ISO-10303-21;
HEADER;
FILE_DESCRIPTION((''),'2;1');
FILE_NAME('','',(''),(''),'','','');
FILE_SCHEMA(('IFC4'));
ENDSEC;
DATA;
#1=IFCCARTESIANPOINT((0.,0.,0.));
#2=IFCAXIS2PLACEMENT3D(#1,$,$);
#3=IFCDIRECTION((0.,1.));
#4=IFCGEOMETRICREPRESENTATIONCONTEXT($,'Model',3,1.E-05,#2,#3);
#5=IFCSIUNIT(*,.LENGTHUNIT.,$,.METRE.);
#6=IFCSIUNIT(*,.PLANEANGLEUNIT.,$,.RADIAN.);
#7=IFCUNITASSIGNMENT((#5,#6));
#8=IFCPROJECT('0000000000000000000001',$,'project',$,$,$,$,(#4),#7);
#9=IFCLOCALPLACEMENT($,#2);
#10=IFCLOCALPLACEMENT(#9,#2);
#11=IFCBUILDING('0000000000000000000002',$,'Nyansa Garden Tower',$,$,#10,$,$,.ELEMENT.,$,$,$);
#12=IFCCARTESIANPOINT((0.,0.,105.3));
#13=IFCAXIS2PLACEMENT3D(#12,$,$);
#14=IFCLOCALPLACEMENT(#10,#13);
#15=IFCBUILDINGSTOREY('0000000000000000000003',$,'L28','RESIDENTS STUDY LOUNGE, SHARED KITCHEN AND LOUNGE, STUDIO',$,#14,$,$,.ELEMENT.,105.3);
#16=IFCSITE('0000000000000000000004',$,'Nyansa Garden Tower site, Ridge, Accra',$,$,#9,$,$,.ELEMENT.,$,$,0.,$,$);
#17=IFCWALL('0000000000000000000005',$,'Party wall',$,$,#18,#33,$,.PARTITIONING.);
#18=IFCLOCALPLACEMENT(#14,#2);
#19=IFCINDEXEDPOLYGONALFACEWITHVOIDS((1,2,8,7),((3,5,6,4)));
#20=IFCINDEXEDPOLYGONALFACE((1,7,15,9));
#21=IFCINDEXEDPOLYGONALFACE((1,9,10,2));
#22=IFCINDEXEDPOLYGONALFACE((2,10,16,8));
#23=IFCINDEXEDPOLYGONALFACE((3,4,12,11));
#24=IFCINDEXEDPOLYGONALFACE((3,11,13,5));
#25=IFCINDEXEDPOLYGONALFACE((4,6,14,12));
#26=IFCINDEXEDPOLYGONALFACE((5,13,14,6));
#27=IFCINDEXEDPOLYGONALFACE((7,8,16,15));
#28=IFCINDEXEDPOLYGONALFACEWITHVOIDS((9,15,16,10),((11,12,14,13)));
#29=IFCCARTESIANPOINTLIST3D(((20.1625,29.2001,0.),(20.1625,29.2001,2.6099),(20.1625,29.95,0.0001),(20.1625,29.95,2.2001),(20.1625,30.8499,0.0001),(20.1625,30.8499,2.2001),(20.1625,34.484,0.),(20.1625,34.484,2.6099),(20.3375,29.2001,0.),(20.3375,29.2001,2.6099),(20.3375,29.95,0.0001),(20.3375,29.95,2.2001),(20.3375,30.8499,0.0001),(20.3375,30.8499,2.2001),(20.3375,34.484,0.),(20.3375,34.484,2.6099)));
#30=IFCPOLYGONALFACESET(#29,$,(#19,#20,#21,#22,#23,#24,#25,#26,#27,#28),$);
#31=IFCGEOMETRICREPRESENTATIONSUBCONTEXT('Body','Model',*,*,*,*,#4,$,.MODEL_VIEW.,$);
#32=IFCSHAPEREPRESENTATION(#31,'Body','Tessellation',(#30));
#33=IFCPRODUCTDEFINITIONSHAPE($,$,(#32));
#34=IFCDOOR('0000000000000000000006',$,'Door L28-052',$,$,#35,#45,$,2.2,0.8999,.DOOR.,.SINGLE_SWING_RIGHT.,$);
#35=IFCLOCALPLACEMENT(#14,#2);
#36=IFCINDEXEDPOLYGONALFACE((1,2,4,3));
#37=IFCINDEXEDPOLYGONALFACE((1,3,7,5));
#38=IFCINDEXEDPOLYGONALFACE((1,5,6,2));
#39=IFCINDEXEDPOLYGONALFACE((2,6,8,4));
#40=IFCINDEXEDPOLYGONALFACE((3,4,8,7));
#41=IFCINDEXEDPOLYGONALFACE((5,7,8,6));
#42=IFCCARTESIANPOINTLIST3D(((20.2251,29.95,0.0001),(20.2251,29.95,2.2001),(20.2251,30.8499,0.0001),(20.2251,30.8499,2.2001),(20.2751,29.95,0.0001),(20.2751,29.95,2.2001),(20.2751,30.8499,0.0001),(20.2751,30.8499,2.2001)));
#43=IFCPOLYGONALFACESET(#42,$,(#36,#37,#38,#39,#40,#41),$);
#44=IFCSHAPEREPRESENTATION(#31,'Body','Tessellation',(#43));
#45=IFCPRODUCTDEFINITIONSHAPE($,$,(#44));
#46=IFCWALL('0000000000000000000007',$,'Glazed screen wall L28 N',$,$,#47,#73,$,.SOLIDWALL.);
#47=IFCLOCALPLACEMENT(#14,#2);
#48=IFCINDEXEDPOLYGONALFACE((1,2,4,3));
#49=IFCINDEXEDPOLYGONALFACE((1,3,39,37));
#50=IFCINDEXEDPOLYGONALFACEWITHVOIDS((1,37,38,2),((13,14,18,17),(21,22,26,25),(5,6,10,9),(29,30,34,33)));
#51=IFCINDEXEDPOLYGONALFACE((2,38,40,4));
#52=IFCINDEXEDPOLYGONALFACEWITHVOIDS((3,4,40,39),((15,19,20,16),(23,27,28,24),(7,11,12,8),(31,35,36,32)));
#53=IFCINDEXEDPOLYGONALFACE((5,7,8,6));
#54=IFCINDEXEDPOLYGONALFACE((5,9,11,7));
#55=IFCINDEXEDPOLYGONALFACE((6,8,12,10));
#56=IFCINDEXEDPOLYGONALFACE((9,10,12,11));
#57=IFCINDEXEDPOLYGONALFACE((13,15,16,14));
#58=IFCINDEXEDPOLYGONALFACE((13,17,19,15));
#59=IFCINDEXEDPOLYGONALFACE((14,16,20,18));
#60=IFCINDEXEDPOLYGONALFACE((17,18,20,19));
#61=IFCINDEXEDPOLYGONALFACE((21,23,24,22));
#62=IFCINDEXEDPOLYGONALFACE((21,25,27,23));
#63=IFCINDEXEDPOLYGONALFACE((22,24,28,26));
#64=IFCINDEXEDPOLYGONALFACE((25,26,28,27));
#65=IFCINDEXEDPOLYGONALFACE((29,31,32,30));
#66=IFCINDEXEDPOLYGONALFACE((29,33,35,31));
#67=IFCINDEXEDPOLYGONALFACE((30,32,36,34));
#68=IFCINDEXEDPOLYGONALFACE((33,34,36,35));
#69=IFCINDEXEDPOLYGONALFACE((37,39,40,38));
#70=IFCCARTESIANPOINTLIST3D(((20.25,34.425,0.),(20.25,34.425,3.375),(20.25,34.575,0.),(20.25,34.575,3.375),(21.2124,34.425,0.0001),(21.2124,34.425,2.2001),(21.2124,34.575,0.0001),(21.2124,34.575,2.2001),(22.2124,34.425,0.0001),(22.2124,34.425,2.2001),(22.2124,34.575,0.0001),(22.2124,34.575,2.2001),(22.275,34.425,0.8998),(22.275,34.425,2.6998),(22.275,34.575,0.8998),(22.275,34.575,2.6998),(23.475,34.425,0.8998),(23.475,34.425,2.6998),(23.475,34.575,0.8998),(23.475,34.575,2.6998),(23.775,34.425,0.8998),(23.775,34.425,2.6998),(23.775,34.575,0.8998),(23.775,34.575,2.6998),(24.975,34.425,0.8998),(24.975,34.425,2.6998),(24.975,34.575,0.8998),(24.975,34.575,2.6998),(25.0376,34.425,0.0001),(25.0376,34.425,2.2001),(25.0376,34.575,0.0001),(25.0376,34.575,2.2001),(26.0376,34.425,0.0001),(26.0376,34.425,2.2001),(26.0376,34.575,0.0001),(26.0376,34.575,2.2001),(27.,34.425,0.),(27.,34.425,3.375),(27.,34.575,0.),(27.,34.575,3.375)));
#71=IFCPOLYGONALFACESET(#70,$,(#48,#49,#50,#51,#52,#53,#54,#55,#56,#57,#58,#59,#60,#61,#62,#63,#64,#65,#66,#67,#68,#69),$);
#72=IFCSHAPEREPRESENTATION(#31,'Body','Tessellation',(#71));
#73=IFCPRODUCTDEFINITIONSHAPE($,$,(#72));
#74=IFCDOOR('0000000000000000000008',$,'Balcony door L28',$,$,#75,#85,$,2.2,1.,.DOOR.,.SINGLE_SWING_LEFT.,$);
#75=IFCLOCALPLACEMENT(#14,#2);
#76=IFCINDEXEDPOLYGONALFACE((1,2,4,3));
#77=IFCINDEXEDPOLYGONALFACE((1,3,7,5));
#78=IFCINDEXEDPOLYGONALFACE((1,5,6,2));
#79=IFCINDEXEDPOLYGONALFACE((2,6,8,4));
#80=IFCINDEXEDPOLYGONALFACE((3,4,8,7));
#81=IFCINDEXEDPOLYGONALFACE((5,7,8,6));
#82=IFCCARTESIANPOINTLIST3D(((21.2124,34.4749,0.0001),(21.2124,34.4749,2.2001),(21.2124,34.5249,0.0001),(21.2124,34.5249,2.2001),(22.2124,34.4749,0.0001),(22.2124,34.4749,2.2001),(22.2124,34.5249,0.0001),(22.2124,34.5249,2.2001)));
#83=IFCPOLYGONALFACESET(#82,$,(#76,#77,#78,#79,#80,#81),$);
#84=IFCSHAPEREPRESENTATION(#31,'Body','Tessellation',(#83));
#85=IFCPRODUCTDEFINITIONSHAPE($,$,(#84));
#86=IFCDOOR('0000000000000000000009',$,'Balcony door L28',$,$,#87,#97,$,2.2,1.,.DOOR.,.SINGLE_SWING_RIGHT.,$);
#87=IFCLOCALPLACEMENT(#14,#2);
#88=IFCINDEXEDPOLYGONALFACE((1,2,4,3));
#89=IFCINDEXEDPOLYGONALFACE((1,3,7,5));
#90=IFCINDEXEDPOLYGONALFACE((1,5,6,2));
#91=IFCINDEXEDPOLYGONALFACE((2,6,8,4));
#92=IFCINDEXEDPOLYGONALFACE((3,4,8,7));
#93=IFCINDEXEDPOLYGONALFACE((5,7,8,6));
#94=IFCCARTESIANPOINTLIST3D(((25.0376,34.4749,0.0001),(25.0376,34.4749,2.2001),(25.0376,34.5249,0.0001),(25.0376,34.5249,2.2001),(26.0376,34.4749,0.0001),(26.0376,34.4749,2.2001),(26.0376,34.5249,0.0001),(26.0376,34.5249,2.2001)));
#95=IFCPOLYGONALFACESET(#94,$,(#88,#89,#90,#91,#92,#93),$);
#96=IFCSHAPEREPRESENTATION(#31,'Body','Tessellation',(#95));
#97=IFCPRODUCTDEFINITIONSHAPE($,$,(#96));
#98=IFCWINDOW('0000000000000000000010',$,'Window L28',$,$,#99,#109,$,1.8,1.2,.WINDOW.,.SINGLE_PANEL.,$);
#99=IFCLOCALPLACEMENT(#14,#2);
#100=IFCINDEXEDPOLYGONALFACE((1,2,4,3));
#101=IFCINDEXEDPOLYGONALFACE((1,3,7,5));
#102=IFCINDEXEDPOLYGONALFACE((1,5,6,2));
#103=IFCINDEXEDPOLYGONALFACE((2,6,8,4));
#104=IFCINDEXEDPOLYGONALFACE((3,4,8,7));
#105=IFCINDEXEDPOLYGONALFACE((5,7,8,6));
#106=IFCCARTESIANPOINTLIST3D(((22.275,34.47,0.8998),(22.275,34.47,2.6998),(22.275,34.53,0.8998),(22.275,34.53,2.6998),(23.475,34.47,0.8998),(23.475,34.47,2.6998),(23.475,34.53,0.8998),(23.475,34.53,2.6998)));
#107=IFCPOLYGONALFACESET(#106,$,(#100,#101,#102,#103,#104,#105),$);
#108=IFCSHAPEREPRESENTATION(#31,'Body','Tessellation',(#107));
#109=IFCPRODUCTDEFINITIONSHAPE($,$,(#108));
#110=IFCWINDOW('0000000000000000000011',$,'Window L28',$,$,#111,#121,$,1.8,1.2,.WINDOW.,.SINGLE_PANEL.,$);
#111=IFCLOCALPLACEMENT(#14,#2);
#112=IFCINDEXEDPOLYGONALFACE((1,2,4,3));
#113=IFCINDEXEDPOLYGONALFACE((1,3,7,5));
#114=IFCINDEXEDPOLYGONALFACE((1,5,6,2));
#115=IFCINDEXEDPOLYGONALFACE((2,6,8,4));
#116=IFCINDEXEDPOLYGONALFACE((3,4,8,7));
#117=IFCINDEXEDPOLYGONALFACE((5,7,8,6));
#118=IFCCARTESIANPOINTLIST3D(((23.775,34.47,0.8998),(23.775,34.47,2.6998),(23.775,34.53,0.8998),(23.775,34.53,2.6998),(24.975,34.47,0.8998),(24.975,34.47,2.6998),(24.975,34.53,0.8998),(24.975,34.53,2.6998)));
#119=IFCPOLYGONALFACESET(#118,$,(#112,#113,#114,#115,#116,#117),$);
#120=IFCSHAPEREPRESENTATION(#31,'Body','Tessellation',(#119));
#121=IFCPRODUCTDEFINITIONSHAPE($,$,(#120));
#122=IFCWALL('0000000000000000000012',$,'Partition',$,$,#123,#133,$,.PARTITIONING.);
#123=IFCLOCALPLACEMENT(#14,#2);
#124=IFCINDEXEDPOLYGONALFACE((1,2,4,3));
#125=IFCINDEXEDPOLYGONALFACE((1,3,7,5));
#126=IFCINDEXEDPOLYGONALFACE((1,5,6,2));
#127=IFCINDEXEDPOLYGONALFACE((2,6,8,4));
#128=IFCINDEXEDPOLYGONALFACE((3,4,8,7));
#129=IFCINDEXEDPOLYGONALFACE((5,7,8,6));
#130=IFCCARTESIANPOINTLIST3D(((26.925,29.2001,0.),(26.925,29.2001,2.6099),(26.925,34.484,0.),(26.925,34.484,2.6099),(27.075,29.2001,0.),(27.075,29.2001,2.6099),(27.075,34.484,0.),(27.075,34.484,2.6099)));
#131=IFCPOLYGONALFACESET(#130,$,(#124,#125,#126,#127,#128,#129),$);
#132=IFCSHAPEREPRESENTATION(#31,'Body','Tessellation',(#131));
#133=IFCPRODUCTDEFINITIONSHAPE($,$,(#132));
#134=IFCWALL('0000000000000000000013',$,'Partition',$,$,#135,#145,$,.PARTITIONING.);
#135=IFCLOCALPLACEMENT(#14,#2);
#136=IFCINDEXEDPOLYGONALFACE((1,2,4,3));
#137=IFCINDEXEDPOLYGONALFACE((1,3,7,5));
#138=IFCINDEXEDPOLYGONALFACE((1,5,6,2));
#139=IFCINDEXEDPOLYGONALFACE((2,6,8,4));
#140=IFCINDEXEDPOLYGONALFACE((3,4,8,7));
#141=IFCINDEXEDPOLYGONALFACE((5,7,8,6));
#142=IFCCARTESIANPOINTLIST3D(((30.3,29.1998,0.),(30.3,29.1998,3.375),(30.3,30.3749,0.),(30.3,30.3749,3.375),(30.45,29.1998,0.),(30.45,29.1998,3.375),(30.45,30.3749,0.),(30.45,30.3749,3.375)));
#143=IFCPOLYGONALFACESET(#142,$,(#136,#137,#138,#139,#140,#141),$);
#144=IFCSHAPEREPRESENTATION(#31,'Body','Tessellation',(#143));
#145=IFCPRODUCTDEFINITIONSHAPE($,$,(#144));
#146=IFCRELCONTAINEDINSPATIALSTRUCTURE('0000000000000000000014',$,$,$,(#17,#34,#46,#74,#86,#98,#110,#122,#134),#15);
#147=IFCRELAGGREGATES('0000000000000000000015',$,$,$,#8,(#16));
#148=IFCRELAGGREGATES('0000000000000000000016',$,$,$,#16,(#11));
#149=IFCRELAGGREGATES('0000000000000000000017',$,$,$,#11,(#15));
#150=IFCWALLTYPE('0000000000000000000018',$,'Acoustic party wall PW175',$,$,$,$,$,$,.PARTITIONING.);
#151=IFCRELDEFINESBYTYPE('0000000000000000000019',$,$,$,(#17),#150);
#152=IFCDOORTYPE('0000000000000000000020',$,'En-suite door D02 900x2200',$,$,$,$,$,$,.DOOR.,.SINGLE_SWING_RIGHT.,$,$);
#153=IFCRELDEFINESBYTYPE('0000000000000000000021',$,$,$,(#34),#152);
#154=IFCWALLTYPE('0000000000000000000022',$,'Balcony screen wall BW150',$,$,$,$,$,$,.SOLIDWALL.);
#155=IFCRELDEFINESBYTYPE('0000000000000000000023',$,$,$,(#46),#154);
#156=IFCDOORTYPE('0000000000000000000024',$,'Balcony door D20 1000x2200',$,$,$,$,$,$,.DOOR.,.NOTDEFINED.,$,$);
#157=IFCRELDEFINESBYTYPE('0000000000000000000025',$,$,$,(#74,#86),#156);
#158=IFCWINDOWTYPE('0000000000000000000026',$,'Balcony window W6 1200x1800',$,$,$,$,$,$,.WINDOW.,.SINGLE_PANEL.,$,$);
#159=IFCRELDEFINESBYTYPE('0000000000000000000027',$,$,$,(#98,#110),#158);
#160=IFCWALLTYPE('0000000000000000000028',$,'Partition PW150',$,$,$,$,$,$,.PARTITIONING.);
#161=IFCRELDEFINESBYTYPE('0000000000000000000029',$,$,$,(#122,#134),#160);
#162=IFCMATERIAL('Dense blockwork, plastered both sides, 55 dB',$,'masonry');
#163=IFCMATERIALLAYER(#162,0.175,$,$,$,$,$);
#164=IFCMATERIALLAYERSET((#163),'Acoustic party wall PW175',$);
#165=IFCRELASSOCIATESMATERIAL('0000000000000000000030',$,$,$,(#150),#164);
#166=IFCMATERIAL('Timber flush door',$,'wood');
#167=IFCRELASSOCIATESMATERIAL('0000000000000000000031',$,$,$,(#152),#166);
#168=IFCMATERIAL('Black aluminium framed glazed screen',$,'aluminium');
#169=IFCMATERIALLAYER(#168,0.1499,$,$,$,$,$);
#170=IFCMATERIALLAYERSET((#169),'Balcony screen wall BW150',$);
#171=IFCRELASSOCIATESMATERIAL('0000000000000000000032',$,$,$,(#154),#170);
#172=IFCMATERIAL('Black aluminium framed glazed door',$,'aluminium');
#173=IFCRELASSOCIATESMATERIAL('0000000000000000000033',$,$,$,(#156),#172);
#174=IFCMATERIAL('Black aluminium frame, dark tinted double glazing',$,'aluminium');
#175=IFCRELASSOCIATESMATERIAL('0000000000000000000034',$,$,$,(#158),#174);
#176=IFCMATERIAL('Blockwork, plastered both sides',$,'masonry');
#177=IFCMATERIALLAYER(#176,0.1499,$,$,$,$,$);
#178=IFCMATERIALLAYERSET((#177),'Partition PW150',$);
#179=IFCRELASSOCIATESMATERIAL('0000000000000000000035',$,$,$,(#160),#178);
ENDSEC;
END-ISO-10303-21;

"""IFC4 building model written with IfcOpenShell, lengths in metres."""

from ifc_helpers import new_model, si_unit, direction, frame, frame_2d, origin, place, context, subcontext, project, spatial, rectangle, extrude, material, layer, layer_set, type_object, element, fill, save


model = new_model("IFC4")

# Units and contexts
model_context = context("Model", 3, precision=1e-05, world=origin(), true_north=direction((0.0, 1.0)))
body_context = subcontext(model_context, "Body", "Model", "MODEL_VIEW")
ifc_project = project(units=[si_unit("LENGTHUNIT", "METRE"), si_unit("PLANEANGLEUNIT", "RADIAN")], contexts=[model_context])

# Site, building, storey
site_placement = place(None, origin())
site = spatial("IfcSite", under=ifc_project, at=site_placement, Name="Nyansa Garden Tower site, Ridge, Accra", CompositionType="ELEMENT", RefElevation=0.0)
building_placement = place(site_placement, origin())
building = spatial("IfcBuilding", under=site, at=building_placement, Name="Nyansa Garden Tower", CompositionType="ELEMENT")
storey_placement = place(building_placement, frame((0.0, 0.0, 105.3)))
storey = spatial("IfcBuildingStorey", under=building, at=storey_placement, Name="L28", Description="RESIDENTS STUDY LOUNGE, SHARED KITCHEN AND LOUNGE, STUDIO", CompositionType="ELEMENT", Elevation=105.3)

# Wall, opening, door
ifc_material_1 = material(Name="Dense blockwork, plastered both sides, 55 dB", Category="masonry")
ifc_layer_1 = layer(ifc_material_1, 0.175)
ifc_layer_set_1 = layer_set([ifc_layer_1], Name="Acoustic party wall PW175")
wall_type_1 = type_object("IfcWallType", Name="Acoustic party wall PW175", PredefinedType="PARTITIONING", material=ifc_layer_set_1)
wall_1_placement = place(storey_placement, frame((20.25, 29.2, 0.0), z_axis=(0.0, 0.0, 1.0), x_axis=(0.0, 1.0, 0.0)))
wall_1 = element("IfcWall", 1, at=wall_1_placement, inside=storey, type_object=wall_type_1, Name="Party wall", PredefinedType="PARTITIONING", context=body_context, shape_type="SweptSolid", body=[
    extrude(rectangle(XDim=5.2839, YDim=0.175, at=frame_2d((2.6421, 0.0))), origin(), (0.0, 0.0, 1.0), 2.6099),
])
opening_1_placement = place(wall_1_placement, frame((0.75, 0.0, 0.0)))
opening_1 = element("IfcOpeningElement", 2, at=opening_1_placement, cuts=wall_1, PredefinedType="OPENING", context=body_context, shape_type="SweptSolid", body=[
    extrude(rectangle(XDim=0.8999, YDim=2.2, at=frame_2d((0.45, 1.1001))), frame((0.0, 0.0974, 0.0), z_axis=(0.0, -1.0, 0.0), x_axis=(1.0, 0.0, 0.0)), (0.0, 0.0, 1.0), 0.1951),
])
ifc_material_2 = material(Name="Timber flush door", Category="wood")
door_type_1 = type_object("IfcDoorType", Name="En-suite door D02 900x2200", OperationType="SINGLE_SWING_RIGHT", PredefinedType="DOOR", material=ifc_material_2)
door_1_placement = place(opening_1_placement, origin())
door_1 = element("IfcDoor", 3, at=door_1_placement, inside=storey, type_object=door_type_1, Name="Door L28-052", OperationType="SINGLE_SWING_RIGHT", OverallHeight=2.2, OverallWidth=0.8999, PredefinedType="DOOR", context=body_context, shape_type="SweptSolid", body=[
    extrude(rectangle(XDim=0.8999, YDim=2.2, at=frame_2d((0.45, 1.1001))), frame((0.0, 0.0249, 0.0), z_axis=(0.0, -1.0, 0.0), x_axis=(1.0, 0.0, 0.0)), (0.0, 0.0, 1.0), 0.05),
])
fill(opening_1, door_1)

# Wall, openings, doors, windows
ifc_material_3 = material(Name="Black aluminium framed glazed screen", Category="aluminium")
ifc_layer_2 = layer(ifc_material_3, 0.1499)
ifc_layer_set_2 = layer_set([ifc_layer_2], Name="Balcony screen wall BW150")
wall_type_2 = type_object("IfcWallType", Name="Balcony screen wall BW150", PredefinedType="SOLIDWALL", material=ifc_layer_set_2)
wall_2_placement = place(storey_placement, frame((20.25, 34.5, 0.0), z_axis=(0.0, 0.0, 1.0), x_axis=(1.0, 0.0, 0.0)))
wall_2 = element("IfcWall", 4, at=wall_2_placement, inside=storey, type_object=wall_type_2, Name="Glazed screen wall L28 N", PredefinedType="SOLIDWALL", context=body_context, shape_type="SweptSolid", body=[
    extrude(rectangle(XDim=6.75, YDim=0.1499, at=frame_2d((3.375, 0.0))), origin(), (0.0, 0.0, 1.0), 3.375),
])
opening_2_placement = place(wall_2_placement, frame((0.9624, 0.0, 0.0)))
opening_2 = element("IfcOpeningElement", 5, at=opening_2_placement, cuts=wall_2, PredefinedType="OPENING", context=body_context, shape_type="SweptSolid", body=[
    extrude(rectangle(XDim=1.0, YDim=2.2, at=frame_2d((0.5, 1.1001))), frame((0.0, 0.085, 0.0), z_axis=(0.0, -1.0, 0.0), x_axis=(1.0, 0.0, 0.0)), (0.0, 0.0, 1.0), 0.1699),
])
opening_3_placement = place(wall_2_placement, frame((2.0249, 0.0, 0.8999)))
opening_3 = element("IfcOpeningElement", 6, at=opening_3_placement, cuts=wall_2, PredefinedType="OPENING", context=body_context, shape_type="SweptSolid", body=[
    extrude(rectangle(XDim=1.2, YDim=1.8, at=frame_2d((0.6001, 0.8999))), frame((0.0, 0.085, 0.0), z_axis=(0.0, -1.0, 0.0), x_axis=(1.0, 0.0, 0.0)), (0.0, 0.0, 1.0), 0.1699),
])
opening_4_placement = place(wall_2_placement, frame((4.7876, 0.0, 0.0)))
opening_4 = element("IfcOpeningElement", 7, at=opening_4_placement, cuts=wall_2, PredefinedType="OPENING", context=body_context, shape_type="SweptSolid", body=[
    extrude(rectangle(XDim=1.0, YDim=2.2, at=frame_2d((0.5, 1.1001))), frame((0.0, 0.085, 0.0), z_axis=(0.0, -1.0, 0.0), x_axis=(1.0, 0.0, 0.0)), (0.0, 0.0, 1.0), 0.1699),
])
opening_5_placement = place(wall_2_placement, frame((3.5249, 0.0, 0.8999)))
opening_5 = element("IfcOpeningElement", 8, at=opening_5_placement, cuts=wall_2, PredefinedType="OPENING", context=body_context, shape_type="SweptSolid", body=[
    extrude(rectangle(XDim=1.2, YDim=1.8, at=frame_2d((0.6001, 0.8999))), frame((0.0, 0.085, 0.0), z_axis=(0.0, -1.0, 0.0), x_axis=(1.0, 0.0, 0.0)), (0.0, 0.0, 1.0), 0.1699),
])
ifc_material_4 = material(Name="Black aluminium framed glazed door", Category="aluminium")
door_type_2 = type_object("IfcDoorType", Name="Balcony door D20 1000x2200", OperationType="NOTDEFINED", PredefinedType="DOOR", material=ifc_material_4)
door_2_placement = place(opening_2_placement, origin())
door_2 = element("IfcDoor", 9, at=door_2_placement, inside=storey, type_object=door_type_2, Name="Balcony door L28", OperationType="SINGLE_SWING_LEFT", OverallHeight=2.2, OverallWidth=1.0, PredefinedType="DOOR", context=body_context, shape_type="SweptSolid", body=[
    extrude(rectangle(XDim=1.0, YDim=2.2, at=frame_2d((0.5, 1.1001))), frame((0.0, 0.0249, 0.0), z_axis=(0.0, -1.0, 0.0), x_axis=(1.0, 0.0, 0.0)), (0.0, 0.0, 1.0), 0.05),
])
fill(opening_2, door_2)
door_3_placement = place(opening_4_placement, origin())
door_3 = element("IfcDoor", 10, at=door_3_placement, inside=storey, type_object=door_type_2, Name="Balcony door L28", OperationType="SINGLE_SWING_RIGHT", OverallHeight=2.2, OverallWidth=1.0, PredefinedType="DOOR", context=body_context, shape_type="SweptSolid", body=[
    extrude(rectangle(XDim=1.0, YDim=2.2, at=frame_2d((0.5, 1.1001))), frame((0.0, 0.0249, 0.0), z_axis=(0.0, -1.0, 0.0), x_axis=(1.0, 0.0, 0.0)), (0.0, 0.0, 1.0), 0.05),
])
fill(opening_4, door_3)
ifc_material_5 = material(Name="Black aluminium frame, dark tinted double glazing", Category="aluminium")
window_type = type_object("IfcWindowType", Name="Balcony window W6 1200x1800", PartitioningType="SINGLE_PANEL", PredefinedType="WINDOW", material=ifc_material_5)
window_1_placement = place(opening_3_placement, origin())
window_1 = element("IfcWindow", 11, at=window_1_placement, inside=storey, type_object=window_type, Name="Window L28", OverallHeight=1.8, OverallWidth=1.2, PartitioningType="SINGLE_PANEL", PredefinedType="WINDOW", context=body_context, shape_type="SweptSolid", body=[
    extrude(rectangle(XDim=1.2, YDim=1.8, at=frame_2d((0.6001, 0.8999))), frame((0.0, 0.03, 0.0), z_axis=(0.0, -1.0, 0.0), x_axis=(1.0, 0.0, 0.0)), (0.0, 0.0, 1.0), 0.0601),
])
fill(opening_3, window_1)
window_2_placement = place(opening_5_placement, origin())
window_2 = element("IfcWindow", 12, at=window_2_placement, inside=storey, type_object=window_type, Name="Window L28", OverallHeight=1.8, OverallWidth=1.2, PartitioningType="SINGLE_PANEL", PredefinedType="WINDOW", context=body_context, shape_type="SweptSolid", body=[
    extrude(rectangle(XDim=1.2, YDim=1.8, at=frame_2d((0.6001, 0.8999))), frame((0.0, 0.03, 0.0), z_axis=(0.0, -1.0, 0.0), x_axis=(1.0, 0.0, 0.0)), (0.0, 0.0, 1.0), 0.0601),
])
fill(opening_5, window_2)

# Walls
ifc_material_6 = material(Name="Blockwork, plastered both sides", Category="masonry")
ifc_layer_3 = layer(ifc_material_6, 0.1499)
ifc_layer_set_3 = layer_set([ifc_layer_3], Name="Partition PW150")
wall_type_3 = type_object("IfcWallType", Name="Partition PW150", PredefinedType="PARTITIONING", material=ifc_layer_set_3)
wall_3_placement = place(storey_placement, frame((27.0, 29.2, 0.0), z_axis=(0.0, 0.0, 1.0), x_axis=(0.0, 1.0, 0.0)))
element("IfcWall", 13, at=wall_3_placement, inside=storey, type_object=wall_type_3, Name="Partition", PredefinedType="PARTITIONING", context=body_context, shape_type="SweptSolid", body=[
    extrude(rectangle(XDim=5.2839, YDim=0.1499, at=frame_2d((2.6421, 0.0))), origin(), (0.0, 0.0, 1.0), 2.6099),
])
wall_4_placement = place(storey_placement, frame((30.375, 29.2, 0.0), z_axis=(0.0, 0.0, 1.0), x_axis=(0.0, 1.0, 0.0)))
element("IfcWall", 14, at=wall_4_placement, inside=storey, type_object=wall_type_3, Name="Partition", PredefinedType="PARTITIONING", context=body_context, shape_type="SweptSolid", body=[
    extrude(rectangle(XDim=1.175, YDim=0.1499, at=frame_2d((0.5874, 0.0))), origin(), (0.0, 0.0, 1.0), 3.375),
])

save(model, "model.ifc")
